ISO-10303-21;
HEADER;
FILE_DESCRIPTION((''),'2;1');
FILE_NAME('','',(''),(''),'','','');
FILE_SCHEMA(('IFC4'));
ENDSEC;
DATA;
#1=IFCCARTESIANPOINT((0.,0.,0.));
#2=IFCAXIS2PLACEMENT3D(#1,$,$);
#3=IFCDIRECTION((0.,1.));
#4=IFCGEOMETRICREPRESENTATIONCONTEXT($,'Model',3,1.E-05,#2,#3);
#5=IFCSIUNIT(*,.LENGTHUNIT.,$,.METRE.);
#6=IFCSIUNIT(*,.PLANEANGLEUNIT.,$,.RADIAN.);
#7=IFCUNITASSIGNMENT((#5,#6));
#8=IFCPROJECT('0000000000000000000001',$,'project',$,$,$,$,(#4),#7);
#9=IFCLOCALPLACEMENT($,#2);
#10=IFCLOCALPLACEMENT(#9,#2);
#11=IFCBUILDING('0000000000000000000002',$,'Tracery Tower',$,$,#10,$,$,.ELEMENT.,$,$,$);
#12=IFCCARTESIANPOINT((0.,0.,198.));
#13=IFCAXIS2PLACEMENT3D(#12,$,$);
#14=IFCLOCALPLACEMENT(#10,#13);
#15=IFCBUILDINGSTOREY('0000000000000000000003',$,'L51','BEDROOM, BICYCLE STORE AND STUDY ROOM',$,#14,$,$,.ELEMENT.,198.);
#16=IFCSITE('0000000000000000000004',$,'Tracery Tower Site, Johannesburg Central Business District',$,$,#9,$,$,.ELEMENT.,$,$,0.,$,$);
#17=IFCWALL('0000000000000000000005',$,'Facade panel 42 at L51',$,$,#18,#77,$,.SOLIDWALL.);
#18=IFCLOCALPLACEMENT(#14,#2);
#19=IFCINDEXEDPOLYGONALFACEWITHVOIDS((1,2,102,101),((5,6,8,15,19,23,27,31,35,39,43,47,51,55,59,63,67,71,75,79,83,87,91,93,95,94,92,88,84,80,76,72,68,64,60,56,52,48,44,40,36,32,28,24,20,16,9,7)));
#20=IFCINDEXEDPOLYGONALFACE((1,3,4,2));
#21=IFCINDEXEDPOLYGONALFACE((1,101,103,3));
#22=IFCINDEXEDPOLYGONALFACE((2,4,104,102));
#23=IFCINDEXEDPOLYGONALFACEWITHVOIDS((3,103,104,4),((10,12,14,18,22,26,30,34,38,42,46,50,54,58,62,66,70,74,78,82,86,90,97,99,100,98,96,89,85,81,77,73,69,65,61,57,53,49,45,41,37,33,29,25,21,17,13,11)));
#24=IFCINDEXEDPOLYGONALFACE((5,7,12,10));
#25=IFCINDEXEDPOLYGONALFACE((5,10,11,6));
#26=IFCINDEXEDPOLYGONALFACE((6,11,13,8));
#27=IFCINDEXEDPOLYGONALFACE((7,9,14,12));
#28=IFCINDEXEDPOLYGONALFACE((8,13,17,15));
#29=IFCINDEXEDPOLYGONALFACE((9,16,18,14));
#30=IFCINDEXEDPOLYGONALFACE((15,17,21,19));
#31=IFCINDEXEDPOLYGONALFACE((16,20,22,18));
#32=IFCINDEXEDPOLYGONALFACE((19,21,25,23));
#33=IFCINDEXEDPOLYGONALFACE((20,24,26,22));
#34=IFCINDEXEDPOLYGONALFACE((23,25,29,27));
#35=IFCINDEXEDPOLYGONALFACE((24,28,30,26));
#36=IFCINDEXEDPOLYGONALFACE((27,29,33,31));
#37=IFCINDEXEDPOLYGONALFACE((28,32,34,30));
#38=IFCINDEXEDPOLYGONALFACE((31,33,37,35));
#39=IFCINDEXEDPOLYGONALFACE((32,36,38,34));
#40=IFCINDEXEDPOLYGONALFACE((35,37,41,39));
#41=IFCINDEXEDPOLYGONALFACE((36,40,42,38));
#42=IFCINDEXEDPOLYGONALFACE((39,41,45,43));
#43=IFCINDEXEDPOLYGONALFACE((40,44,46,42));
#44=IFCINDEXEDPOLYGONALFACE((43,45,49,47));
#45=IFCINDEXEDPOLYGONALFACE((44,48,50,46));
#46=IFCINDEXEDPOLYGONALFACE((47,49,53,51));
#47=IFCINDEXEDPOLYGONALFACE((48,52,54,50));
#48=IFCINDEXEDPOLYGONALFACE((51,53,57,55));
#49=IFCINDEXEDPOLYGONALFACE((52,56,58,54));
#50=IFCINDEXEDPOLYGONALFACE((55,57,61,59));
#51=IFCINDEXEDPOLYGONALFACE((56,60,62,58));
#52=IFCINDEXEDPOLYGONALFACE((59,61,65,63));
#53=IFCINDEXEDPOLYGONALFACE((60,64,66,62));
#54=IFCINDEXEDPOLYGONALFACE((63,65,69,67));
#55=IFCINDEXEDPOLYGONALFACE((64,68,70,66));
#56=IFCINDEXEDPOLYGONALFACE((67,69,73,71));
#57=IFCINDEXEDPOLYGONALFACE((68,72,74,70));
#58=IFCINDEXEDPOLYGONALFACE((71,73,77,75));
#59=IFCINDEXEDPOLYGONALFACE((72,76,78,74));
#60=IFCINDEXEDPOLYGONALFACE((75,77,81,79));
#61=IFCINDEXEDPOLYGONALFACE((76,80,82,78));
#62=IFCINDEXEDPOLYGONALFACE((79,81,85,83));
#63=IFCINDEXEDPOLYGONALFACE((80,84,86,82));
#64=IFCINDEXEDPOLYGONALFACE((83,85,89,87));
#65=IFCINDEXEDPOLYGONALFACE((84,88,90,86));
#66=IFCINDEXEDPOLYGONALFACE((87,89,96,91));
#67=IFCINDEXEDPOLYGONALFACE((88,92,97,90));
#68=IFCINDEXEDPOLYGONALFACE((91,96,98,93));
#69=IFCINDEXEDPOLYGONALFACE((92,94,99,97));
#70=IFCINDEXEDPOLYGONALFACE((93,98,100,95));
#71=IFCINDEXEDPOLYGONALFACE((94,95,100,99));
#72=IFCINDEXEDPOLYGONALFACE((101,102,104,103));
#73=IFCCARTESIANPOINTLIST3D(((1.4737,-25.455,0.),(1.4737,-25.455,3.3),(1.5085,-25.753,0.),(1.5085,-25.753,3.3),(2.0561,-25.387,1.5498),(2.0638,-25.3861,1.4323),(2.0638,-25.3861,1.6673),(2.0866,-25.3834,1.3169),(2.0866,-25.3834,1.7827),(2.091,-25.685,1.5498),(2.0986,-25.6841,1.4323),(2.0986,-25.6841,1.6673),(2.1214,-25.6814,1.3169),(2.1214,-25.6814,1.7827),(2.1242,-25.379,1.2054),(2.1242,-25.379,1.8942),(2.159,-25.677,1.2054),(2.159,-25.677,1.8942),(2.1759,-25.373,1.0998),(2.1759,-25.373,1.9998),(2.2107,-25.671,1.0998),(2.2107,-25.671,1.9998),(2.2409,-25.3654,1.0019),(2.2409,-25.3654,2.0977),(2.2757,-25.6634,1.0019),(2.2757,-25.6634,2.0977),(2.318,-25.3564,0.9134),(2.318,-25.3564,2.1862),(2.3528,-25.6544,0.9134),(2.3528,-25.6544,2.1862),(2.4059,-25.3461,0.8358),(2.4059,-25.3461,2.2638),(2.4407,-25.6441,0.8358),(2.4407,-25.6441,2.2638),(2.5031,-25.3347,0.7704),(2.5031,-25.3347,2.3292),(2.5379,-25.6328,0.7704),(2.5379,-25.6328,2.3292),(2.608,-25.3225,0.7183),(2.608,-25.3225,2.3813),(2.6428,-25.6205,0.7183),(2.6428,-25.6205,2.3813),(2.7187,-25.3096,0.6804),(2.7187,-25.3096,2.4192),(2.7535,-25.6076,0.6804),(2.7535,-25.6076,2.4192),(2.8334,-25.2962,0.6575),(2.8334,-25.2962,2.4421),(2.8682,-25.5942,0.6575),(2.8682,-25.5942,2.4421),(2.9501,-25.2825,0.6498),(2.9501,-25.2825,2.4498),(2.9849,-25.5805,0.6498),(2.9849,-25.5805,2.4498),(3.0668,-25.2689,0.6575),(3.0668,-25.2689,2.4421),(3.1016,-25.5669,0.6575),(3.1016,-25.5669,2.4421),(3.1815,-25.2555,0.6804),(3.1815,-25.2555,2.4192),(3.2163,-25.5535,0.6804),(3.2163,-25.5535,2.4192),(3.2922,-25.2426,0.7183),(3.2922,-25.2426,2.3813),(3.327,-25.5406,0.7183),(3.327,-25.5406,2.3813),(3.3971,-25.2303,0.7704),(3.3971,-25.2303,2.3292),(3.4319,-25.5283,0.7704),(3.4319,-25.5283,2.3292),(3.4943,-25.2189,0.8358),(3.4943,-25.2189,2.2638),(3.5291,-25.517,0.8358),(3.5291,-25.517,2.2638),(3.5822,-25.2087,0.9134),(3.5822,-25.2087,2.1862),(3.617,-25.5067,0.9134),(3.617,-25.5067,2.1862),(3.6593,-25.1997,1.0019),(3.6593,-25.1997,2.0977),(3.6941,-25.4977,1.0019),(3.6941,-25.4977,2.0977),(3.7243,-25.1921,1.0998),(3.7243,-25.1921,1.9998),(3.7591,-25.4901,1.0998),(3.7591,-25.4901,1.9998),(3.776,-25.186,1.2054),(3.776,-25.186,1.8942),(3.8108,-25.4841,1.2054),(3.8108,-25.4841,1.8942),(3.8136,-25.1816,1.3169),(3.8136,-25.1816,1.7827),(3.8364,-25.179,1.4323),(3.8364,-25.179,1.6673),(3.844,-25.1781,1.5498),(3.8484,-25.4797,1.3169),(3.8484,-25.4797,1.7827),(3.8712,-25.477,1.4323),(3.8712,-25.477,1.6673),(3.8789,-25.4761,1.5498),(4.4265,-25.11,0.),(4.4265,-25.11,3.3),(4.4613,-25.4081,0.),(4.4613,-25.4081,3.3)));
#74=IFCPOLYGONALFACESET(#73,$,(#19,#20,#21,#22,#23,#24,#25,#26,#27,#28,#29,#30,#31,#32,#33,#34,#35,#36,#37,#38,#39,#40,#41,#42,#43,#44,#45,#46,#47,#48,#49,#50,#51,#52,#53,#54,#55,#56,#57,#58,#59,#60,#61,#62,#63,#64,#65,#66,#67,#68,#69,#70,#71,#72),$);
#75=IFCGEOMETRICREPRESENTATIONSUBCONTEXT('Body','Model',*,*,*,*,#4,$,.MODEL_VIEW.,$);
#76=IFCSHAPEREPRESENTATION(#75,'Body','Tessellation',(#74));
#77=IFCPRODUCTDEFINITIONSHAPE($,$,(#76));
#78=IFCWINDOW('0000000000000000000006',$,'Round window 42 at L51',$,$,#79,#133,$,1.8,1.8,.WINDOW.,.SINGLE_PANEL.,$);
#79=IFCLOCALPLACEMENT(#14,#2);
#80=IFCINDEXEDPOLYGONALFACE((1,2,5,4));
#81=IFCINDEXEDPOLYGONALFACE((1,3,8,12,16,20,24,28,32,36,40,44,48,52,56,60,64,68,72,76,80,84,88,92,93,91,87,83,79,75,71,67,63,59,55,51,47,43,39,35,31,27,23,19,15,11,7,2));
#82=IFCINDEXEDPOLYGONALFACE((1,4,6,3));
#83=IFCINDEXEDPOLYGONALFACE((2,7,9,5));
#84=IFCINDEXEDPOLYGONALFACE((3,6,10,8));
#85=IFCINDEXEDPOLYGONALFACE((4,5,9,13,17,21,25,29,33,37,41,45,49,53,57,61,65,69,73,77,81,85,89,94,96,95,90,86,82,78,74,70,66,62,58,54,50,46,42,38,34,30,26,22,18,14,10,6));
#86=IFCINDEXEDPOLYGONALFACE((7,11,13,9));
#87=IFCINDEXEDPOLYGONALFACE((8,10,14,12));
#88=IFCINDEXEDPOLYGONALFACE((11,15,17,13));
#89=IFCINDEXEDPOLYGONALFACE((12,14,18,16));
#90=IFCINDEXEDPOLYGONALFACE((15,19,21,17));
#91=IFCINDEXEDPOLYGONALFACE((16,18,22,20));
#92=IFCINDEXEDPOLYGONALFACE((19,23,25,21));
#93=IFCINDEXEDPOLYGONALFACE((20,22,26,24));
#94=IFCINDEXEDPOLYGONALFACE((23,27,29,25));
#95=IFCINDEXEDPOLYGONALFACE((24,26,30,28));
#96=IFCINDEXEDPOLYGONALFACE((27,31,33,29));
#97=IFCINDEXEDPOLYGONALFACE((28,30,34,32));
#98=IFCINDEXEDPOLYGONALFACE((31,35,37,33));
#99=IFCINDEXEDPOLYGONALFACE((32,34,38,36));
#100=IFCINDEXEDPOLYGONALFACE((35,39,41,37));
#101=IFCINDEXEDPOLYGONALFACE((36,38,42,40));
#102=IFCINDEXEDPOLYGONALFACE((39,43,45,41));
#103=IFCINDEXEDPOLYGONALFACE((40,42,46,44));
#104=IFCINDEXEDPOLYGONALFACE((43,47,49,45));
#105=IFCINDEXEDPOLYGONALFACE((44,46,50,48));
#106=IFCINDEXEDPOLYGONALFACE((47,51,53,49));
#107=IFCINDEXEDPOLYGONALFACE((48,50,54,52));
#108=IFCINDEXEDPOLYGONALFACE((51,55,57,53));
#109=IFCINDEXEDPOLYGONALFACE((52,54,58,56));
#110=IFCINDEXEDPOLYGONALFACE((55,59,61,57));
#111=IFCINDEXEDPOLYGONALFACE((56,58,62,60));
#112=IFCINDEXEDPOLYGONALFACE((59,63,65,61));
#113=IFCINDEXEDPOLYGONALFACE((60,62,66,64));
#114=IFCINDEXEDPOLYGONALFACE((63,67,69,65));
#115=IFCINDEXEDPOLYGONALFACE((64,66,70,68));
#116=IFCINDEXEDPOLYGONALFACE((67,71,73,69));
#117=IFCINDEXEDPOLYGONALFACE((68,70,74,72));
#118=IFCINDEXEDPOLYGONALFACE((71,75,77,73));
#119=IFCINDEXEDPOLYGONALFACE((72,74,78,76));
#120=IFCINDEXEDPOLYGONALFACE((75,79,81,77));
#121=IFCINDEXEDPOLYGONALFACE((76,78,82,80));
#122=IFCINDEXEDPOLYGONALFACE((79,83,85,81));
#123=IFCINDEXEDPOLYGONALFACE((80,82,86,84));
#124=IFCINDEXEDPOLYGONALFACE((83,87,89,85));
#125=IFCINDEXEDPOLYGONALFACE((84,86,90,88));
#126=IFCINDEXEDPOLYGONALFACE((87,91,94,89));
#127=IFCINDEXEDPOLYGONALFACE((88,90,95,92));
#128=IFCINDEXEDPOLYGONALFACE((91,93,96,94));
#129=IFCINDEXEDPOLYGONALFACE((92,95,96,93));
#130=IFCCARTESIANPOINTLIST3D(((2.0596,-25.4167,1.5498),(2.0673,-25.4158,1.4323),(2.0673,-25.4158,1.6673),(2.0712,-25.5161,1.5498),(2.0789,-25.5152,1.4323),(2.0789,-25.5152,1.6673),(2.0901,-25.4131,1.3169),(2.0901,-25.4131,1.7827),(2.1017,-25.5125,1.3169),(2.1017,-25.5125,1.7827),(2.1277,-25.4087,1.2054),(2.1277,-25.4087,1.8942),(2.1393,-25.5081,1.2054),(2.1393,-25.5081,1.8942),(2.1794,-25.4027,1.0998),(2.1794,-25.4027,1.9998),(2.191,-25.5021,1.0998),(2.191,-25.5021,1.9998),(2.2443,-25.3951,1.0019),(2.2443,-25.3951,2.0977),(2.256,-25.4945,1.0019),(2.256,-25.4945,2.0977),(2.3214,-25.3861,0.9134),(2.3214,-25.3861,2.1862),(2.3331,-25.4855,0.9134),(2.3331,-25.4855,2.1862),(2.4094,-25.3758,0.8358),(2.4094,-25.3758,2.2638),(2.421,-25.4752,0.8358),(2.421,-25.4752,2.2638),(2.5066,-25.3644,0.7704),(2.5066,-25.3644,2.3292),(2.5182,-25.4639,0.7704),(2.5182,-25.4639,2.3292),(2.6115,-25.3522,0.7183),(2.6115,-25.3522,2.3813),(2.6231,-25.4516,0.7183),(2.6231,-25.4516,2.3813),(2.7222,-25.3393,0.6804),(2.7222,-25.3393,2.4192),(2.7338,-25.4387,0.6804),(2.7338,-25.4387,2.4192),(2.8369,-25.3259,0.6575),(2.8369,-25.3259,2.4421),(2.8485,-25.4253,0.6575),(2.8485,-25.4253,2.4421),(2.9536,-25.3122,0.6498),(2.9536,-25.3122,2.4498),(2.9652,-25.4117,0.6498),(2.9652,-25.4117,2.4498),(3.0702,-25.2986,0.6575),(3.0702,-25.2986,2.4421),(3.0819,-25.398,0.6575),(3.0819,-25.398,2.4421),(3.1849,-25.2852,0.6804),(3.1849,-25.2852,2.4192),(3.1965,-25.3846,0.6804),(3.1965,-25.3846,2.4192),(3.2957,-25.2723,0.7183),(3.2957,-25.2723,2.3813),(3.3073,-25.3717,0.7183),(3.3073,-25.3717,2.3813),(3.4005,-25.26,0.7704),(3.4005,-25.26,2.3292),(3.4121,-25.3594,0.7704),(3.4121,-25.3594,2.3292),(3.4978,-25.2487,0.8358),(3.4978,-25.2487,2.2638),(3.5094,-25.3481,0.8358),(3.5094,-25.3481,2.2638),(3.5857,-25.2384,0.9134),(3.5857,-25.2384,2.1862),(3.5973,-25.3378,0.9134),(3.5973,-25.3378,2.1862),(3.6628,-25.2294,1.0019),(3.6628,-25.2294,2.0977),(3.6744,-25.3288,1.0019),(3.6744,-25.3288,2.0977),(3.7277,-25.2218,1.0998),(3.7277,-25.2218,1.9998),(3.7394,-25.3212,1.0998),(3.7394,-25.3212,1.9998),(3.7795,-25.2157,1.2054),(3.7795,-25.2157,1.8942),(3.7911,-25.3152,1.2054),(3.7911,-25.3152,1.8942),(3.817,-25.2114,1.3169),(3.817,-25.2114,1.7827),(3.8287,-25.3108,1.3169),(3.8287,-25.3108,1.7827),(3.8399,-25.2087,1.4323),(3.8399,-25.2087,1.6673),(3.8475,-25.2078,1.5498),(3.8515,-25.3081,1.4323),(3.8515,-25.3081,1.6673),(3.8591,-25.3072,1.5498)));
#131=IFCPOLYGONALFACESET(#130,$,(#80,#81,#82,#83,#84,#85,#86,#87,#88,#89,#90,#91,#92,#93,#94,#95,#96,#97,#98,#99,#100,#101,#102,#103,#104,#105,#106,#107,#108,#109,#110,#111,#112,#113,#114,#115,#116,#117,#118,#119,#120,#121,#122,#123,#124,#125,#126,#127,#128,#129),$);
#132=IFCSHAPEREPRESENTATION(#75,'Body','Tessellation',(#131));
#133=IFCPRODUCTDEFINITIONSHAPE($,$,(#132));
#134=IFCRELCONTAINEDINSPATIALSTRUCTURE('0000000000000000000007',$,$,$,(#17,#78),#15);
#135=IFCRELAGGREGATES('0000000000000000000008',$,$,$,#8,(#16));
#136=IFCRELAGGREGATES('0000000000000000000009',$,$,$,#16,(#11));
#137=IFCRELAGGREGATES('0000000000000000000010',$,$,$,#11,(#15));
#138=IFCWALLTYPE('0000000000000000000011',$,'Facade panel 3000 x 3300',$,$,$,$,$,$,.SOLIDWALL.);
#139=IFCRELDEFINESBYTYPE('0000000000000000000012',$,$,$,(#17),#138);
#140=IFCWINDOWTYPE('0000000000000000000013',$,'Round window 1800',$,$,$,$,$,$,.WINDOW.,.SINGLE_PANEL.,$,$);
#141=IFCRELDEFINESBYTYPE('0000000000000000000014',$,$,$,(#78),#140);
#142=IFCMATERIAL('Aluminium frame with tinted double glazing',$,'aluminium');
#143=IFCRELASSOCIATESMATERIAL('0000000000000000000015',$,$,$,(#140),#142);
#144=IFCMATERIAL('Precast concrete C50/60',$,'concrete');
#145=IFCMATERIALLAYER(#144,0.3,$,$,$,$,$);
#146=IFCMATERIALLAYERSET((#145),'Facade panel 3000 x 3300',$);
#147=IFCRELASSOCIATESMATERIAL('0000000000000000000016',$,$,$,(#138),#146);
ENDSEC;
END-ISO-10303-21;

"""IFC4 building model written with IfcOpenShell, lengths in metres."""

from ifc_helpers import new_model, si_unit, direction, frame, frame_2d, origin, origin_2d, place, context, subcontext, project, spatial, rectangle, circle, extrude, material, layer, layer_set, type_object, element, fill, save


model = new_model("IFC4")

# Units and contexts
model_context = context("Model", 3, precision=1e-05, world=origin(), true_north=direction((0.0, 1.0)))
body_context = subcontext(model_context, "Body", "Model", "MODEL_VIEW")
ifc_project = project(units=[si_unit("LENGTHUNIT", "METRE"), si_unit("PLANEANGLEUNIT", "RADIAN")], contexts=[model_context])

# Site, building, storey
site_placement = place(None, origin())
site = spatial("IfcSite", under=ifc_project, at=site_placement, Name="Tracery Tower Site, Johannesburg Central Business District", CompositionType="ELEMENT", RefElevation=0.0)
building_placement = place(site_placement, origin())
building = spatial("IfcBuilding", under=site, at=building_placement, Name="Tracery Tower", CompositionType="ELEMENT")
storey_placement = place(building_placement, frame((0.0, 0.0, 198.0)))
storey = spatial("IfcBuildingStorey", under=building, at=storey_placement, Name="L51", Description="BEDROOM, BICYCLE STORE AND STUDY ROOM", CompositionType="ELEMENT", Elevation=198.0)

# Wall, opening, window
ifc_material_1 = material(Name="Aluminium frame with tinted double glazing", Category="aluminium")
window_type = type_object("IfcWindowType", Name="Round window 1800", PartitioningType="SINGLE_PANEL", PredefinedType="WINDOW", material=ifc_material_1)
ifc_material_2 = material(Name="Precast concrete C50/60", Category="concrete")
ifc_layer_1 = layer(ifc_material_2, 0.3)
ifc_layer_set_1 = layer_set([ifc_layer_1], Name="Facade panel 3000 x 3300")
wall_type_1 = type_object("IfcWallType", Name="Facade panel 3000 x 3300", PredefinedType="SOLIDWALL", material=ifc_layer_set_1)
wall_1_placement = place(storey_placement, frame((1.4912, -25.604, 0.0), z_axis=(0.0, 0.0, 1.0), x_axis=(0.993245, 0.116036, 0.0)))
wall_1 = element("IfcWall", 1, at=wall_1_placement, inside=storey, type_object=wall_type_1, Name="Facade panel 42 at L51", PredefinedType="SOLIDWALL", context=body_context, shape_type="SweptSolid", body=[
    extrude(rectangle(XDim=2.9729, YDim=0.3, at=frame_2d((1.4863, 0.0))), origin(), (0.0, 0.0, 1.0), 3.3),
])
opening_1_placement = place(wall_1_placement, frame((1.4863, 0.0, 1.5498)))
opening_1 = element("IfcOpeningElement", 2, at=opening_1_placement, cuts=wall_1, PredefinedType="OPENING", context=body_context, shape_type="SweptSolid", body=[
    extrude(circle(Radius=0.9, at=origin_2d()), frame((0.0, 0.1599, 0.0), z_axis=(0.0, -1.0, 0.0), x_axis=(1.0, 0.0, 0.0)), (0.0, 0.0, 1.0), 0.3201),
])
window_1_placement = place(opening_1_placement, origin())
window_1 = element("IfcWindow", 3, at=window_1_placement, inside=storey, type_object=window_type, Name="Round window 42 at L51", OverallHeight=1.8, OverallWidth=1.8, PartitioningType="SINGLE_PANEL", PredefinedType="WINDOW", context=body_context, shape_type="SweptSolid", body=[
    extrude(circle(Radius=0.9, at=origin_2d()), frame((0.0, 0.1201, 0.0), z_axis=(0.0, -1.0, 0.0), x_axis=(1.0, 0.0, 0.0)), (0.0, 0.0, 1.0), 0.1001),
])
fill(opening_1, window_1)

save(model, "model.ifc")
